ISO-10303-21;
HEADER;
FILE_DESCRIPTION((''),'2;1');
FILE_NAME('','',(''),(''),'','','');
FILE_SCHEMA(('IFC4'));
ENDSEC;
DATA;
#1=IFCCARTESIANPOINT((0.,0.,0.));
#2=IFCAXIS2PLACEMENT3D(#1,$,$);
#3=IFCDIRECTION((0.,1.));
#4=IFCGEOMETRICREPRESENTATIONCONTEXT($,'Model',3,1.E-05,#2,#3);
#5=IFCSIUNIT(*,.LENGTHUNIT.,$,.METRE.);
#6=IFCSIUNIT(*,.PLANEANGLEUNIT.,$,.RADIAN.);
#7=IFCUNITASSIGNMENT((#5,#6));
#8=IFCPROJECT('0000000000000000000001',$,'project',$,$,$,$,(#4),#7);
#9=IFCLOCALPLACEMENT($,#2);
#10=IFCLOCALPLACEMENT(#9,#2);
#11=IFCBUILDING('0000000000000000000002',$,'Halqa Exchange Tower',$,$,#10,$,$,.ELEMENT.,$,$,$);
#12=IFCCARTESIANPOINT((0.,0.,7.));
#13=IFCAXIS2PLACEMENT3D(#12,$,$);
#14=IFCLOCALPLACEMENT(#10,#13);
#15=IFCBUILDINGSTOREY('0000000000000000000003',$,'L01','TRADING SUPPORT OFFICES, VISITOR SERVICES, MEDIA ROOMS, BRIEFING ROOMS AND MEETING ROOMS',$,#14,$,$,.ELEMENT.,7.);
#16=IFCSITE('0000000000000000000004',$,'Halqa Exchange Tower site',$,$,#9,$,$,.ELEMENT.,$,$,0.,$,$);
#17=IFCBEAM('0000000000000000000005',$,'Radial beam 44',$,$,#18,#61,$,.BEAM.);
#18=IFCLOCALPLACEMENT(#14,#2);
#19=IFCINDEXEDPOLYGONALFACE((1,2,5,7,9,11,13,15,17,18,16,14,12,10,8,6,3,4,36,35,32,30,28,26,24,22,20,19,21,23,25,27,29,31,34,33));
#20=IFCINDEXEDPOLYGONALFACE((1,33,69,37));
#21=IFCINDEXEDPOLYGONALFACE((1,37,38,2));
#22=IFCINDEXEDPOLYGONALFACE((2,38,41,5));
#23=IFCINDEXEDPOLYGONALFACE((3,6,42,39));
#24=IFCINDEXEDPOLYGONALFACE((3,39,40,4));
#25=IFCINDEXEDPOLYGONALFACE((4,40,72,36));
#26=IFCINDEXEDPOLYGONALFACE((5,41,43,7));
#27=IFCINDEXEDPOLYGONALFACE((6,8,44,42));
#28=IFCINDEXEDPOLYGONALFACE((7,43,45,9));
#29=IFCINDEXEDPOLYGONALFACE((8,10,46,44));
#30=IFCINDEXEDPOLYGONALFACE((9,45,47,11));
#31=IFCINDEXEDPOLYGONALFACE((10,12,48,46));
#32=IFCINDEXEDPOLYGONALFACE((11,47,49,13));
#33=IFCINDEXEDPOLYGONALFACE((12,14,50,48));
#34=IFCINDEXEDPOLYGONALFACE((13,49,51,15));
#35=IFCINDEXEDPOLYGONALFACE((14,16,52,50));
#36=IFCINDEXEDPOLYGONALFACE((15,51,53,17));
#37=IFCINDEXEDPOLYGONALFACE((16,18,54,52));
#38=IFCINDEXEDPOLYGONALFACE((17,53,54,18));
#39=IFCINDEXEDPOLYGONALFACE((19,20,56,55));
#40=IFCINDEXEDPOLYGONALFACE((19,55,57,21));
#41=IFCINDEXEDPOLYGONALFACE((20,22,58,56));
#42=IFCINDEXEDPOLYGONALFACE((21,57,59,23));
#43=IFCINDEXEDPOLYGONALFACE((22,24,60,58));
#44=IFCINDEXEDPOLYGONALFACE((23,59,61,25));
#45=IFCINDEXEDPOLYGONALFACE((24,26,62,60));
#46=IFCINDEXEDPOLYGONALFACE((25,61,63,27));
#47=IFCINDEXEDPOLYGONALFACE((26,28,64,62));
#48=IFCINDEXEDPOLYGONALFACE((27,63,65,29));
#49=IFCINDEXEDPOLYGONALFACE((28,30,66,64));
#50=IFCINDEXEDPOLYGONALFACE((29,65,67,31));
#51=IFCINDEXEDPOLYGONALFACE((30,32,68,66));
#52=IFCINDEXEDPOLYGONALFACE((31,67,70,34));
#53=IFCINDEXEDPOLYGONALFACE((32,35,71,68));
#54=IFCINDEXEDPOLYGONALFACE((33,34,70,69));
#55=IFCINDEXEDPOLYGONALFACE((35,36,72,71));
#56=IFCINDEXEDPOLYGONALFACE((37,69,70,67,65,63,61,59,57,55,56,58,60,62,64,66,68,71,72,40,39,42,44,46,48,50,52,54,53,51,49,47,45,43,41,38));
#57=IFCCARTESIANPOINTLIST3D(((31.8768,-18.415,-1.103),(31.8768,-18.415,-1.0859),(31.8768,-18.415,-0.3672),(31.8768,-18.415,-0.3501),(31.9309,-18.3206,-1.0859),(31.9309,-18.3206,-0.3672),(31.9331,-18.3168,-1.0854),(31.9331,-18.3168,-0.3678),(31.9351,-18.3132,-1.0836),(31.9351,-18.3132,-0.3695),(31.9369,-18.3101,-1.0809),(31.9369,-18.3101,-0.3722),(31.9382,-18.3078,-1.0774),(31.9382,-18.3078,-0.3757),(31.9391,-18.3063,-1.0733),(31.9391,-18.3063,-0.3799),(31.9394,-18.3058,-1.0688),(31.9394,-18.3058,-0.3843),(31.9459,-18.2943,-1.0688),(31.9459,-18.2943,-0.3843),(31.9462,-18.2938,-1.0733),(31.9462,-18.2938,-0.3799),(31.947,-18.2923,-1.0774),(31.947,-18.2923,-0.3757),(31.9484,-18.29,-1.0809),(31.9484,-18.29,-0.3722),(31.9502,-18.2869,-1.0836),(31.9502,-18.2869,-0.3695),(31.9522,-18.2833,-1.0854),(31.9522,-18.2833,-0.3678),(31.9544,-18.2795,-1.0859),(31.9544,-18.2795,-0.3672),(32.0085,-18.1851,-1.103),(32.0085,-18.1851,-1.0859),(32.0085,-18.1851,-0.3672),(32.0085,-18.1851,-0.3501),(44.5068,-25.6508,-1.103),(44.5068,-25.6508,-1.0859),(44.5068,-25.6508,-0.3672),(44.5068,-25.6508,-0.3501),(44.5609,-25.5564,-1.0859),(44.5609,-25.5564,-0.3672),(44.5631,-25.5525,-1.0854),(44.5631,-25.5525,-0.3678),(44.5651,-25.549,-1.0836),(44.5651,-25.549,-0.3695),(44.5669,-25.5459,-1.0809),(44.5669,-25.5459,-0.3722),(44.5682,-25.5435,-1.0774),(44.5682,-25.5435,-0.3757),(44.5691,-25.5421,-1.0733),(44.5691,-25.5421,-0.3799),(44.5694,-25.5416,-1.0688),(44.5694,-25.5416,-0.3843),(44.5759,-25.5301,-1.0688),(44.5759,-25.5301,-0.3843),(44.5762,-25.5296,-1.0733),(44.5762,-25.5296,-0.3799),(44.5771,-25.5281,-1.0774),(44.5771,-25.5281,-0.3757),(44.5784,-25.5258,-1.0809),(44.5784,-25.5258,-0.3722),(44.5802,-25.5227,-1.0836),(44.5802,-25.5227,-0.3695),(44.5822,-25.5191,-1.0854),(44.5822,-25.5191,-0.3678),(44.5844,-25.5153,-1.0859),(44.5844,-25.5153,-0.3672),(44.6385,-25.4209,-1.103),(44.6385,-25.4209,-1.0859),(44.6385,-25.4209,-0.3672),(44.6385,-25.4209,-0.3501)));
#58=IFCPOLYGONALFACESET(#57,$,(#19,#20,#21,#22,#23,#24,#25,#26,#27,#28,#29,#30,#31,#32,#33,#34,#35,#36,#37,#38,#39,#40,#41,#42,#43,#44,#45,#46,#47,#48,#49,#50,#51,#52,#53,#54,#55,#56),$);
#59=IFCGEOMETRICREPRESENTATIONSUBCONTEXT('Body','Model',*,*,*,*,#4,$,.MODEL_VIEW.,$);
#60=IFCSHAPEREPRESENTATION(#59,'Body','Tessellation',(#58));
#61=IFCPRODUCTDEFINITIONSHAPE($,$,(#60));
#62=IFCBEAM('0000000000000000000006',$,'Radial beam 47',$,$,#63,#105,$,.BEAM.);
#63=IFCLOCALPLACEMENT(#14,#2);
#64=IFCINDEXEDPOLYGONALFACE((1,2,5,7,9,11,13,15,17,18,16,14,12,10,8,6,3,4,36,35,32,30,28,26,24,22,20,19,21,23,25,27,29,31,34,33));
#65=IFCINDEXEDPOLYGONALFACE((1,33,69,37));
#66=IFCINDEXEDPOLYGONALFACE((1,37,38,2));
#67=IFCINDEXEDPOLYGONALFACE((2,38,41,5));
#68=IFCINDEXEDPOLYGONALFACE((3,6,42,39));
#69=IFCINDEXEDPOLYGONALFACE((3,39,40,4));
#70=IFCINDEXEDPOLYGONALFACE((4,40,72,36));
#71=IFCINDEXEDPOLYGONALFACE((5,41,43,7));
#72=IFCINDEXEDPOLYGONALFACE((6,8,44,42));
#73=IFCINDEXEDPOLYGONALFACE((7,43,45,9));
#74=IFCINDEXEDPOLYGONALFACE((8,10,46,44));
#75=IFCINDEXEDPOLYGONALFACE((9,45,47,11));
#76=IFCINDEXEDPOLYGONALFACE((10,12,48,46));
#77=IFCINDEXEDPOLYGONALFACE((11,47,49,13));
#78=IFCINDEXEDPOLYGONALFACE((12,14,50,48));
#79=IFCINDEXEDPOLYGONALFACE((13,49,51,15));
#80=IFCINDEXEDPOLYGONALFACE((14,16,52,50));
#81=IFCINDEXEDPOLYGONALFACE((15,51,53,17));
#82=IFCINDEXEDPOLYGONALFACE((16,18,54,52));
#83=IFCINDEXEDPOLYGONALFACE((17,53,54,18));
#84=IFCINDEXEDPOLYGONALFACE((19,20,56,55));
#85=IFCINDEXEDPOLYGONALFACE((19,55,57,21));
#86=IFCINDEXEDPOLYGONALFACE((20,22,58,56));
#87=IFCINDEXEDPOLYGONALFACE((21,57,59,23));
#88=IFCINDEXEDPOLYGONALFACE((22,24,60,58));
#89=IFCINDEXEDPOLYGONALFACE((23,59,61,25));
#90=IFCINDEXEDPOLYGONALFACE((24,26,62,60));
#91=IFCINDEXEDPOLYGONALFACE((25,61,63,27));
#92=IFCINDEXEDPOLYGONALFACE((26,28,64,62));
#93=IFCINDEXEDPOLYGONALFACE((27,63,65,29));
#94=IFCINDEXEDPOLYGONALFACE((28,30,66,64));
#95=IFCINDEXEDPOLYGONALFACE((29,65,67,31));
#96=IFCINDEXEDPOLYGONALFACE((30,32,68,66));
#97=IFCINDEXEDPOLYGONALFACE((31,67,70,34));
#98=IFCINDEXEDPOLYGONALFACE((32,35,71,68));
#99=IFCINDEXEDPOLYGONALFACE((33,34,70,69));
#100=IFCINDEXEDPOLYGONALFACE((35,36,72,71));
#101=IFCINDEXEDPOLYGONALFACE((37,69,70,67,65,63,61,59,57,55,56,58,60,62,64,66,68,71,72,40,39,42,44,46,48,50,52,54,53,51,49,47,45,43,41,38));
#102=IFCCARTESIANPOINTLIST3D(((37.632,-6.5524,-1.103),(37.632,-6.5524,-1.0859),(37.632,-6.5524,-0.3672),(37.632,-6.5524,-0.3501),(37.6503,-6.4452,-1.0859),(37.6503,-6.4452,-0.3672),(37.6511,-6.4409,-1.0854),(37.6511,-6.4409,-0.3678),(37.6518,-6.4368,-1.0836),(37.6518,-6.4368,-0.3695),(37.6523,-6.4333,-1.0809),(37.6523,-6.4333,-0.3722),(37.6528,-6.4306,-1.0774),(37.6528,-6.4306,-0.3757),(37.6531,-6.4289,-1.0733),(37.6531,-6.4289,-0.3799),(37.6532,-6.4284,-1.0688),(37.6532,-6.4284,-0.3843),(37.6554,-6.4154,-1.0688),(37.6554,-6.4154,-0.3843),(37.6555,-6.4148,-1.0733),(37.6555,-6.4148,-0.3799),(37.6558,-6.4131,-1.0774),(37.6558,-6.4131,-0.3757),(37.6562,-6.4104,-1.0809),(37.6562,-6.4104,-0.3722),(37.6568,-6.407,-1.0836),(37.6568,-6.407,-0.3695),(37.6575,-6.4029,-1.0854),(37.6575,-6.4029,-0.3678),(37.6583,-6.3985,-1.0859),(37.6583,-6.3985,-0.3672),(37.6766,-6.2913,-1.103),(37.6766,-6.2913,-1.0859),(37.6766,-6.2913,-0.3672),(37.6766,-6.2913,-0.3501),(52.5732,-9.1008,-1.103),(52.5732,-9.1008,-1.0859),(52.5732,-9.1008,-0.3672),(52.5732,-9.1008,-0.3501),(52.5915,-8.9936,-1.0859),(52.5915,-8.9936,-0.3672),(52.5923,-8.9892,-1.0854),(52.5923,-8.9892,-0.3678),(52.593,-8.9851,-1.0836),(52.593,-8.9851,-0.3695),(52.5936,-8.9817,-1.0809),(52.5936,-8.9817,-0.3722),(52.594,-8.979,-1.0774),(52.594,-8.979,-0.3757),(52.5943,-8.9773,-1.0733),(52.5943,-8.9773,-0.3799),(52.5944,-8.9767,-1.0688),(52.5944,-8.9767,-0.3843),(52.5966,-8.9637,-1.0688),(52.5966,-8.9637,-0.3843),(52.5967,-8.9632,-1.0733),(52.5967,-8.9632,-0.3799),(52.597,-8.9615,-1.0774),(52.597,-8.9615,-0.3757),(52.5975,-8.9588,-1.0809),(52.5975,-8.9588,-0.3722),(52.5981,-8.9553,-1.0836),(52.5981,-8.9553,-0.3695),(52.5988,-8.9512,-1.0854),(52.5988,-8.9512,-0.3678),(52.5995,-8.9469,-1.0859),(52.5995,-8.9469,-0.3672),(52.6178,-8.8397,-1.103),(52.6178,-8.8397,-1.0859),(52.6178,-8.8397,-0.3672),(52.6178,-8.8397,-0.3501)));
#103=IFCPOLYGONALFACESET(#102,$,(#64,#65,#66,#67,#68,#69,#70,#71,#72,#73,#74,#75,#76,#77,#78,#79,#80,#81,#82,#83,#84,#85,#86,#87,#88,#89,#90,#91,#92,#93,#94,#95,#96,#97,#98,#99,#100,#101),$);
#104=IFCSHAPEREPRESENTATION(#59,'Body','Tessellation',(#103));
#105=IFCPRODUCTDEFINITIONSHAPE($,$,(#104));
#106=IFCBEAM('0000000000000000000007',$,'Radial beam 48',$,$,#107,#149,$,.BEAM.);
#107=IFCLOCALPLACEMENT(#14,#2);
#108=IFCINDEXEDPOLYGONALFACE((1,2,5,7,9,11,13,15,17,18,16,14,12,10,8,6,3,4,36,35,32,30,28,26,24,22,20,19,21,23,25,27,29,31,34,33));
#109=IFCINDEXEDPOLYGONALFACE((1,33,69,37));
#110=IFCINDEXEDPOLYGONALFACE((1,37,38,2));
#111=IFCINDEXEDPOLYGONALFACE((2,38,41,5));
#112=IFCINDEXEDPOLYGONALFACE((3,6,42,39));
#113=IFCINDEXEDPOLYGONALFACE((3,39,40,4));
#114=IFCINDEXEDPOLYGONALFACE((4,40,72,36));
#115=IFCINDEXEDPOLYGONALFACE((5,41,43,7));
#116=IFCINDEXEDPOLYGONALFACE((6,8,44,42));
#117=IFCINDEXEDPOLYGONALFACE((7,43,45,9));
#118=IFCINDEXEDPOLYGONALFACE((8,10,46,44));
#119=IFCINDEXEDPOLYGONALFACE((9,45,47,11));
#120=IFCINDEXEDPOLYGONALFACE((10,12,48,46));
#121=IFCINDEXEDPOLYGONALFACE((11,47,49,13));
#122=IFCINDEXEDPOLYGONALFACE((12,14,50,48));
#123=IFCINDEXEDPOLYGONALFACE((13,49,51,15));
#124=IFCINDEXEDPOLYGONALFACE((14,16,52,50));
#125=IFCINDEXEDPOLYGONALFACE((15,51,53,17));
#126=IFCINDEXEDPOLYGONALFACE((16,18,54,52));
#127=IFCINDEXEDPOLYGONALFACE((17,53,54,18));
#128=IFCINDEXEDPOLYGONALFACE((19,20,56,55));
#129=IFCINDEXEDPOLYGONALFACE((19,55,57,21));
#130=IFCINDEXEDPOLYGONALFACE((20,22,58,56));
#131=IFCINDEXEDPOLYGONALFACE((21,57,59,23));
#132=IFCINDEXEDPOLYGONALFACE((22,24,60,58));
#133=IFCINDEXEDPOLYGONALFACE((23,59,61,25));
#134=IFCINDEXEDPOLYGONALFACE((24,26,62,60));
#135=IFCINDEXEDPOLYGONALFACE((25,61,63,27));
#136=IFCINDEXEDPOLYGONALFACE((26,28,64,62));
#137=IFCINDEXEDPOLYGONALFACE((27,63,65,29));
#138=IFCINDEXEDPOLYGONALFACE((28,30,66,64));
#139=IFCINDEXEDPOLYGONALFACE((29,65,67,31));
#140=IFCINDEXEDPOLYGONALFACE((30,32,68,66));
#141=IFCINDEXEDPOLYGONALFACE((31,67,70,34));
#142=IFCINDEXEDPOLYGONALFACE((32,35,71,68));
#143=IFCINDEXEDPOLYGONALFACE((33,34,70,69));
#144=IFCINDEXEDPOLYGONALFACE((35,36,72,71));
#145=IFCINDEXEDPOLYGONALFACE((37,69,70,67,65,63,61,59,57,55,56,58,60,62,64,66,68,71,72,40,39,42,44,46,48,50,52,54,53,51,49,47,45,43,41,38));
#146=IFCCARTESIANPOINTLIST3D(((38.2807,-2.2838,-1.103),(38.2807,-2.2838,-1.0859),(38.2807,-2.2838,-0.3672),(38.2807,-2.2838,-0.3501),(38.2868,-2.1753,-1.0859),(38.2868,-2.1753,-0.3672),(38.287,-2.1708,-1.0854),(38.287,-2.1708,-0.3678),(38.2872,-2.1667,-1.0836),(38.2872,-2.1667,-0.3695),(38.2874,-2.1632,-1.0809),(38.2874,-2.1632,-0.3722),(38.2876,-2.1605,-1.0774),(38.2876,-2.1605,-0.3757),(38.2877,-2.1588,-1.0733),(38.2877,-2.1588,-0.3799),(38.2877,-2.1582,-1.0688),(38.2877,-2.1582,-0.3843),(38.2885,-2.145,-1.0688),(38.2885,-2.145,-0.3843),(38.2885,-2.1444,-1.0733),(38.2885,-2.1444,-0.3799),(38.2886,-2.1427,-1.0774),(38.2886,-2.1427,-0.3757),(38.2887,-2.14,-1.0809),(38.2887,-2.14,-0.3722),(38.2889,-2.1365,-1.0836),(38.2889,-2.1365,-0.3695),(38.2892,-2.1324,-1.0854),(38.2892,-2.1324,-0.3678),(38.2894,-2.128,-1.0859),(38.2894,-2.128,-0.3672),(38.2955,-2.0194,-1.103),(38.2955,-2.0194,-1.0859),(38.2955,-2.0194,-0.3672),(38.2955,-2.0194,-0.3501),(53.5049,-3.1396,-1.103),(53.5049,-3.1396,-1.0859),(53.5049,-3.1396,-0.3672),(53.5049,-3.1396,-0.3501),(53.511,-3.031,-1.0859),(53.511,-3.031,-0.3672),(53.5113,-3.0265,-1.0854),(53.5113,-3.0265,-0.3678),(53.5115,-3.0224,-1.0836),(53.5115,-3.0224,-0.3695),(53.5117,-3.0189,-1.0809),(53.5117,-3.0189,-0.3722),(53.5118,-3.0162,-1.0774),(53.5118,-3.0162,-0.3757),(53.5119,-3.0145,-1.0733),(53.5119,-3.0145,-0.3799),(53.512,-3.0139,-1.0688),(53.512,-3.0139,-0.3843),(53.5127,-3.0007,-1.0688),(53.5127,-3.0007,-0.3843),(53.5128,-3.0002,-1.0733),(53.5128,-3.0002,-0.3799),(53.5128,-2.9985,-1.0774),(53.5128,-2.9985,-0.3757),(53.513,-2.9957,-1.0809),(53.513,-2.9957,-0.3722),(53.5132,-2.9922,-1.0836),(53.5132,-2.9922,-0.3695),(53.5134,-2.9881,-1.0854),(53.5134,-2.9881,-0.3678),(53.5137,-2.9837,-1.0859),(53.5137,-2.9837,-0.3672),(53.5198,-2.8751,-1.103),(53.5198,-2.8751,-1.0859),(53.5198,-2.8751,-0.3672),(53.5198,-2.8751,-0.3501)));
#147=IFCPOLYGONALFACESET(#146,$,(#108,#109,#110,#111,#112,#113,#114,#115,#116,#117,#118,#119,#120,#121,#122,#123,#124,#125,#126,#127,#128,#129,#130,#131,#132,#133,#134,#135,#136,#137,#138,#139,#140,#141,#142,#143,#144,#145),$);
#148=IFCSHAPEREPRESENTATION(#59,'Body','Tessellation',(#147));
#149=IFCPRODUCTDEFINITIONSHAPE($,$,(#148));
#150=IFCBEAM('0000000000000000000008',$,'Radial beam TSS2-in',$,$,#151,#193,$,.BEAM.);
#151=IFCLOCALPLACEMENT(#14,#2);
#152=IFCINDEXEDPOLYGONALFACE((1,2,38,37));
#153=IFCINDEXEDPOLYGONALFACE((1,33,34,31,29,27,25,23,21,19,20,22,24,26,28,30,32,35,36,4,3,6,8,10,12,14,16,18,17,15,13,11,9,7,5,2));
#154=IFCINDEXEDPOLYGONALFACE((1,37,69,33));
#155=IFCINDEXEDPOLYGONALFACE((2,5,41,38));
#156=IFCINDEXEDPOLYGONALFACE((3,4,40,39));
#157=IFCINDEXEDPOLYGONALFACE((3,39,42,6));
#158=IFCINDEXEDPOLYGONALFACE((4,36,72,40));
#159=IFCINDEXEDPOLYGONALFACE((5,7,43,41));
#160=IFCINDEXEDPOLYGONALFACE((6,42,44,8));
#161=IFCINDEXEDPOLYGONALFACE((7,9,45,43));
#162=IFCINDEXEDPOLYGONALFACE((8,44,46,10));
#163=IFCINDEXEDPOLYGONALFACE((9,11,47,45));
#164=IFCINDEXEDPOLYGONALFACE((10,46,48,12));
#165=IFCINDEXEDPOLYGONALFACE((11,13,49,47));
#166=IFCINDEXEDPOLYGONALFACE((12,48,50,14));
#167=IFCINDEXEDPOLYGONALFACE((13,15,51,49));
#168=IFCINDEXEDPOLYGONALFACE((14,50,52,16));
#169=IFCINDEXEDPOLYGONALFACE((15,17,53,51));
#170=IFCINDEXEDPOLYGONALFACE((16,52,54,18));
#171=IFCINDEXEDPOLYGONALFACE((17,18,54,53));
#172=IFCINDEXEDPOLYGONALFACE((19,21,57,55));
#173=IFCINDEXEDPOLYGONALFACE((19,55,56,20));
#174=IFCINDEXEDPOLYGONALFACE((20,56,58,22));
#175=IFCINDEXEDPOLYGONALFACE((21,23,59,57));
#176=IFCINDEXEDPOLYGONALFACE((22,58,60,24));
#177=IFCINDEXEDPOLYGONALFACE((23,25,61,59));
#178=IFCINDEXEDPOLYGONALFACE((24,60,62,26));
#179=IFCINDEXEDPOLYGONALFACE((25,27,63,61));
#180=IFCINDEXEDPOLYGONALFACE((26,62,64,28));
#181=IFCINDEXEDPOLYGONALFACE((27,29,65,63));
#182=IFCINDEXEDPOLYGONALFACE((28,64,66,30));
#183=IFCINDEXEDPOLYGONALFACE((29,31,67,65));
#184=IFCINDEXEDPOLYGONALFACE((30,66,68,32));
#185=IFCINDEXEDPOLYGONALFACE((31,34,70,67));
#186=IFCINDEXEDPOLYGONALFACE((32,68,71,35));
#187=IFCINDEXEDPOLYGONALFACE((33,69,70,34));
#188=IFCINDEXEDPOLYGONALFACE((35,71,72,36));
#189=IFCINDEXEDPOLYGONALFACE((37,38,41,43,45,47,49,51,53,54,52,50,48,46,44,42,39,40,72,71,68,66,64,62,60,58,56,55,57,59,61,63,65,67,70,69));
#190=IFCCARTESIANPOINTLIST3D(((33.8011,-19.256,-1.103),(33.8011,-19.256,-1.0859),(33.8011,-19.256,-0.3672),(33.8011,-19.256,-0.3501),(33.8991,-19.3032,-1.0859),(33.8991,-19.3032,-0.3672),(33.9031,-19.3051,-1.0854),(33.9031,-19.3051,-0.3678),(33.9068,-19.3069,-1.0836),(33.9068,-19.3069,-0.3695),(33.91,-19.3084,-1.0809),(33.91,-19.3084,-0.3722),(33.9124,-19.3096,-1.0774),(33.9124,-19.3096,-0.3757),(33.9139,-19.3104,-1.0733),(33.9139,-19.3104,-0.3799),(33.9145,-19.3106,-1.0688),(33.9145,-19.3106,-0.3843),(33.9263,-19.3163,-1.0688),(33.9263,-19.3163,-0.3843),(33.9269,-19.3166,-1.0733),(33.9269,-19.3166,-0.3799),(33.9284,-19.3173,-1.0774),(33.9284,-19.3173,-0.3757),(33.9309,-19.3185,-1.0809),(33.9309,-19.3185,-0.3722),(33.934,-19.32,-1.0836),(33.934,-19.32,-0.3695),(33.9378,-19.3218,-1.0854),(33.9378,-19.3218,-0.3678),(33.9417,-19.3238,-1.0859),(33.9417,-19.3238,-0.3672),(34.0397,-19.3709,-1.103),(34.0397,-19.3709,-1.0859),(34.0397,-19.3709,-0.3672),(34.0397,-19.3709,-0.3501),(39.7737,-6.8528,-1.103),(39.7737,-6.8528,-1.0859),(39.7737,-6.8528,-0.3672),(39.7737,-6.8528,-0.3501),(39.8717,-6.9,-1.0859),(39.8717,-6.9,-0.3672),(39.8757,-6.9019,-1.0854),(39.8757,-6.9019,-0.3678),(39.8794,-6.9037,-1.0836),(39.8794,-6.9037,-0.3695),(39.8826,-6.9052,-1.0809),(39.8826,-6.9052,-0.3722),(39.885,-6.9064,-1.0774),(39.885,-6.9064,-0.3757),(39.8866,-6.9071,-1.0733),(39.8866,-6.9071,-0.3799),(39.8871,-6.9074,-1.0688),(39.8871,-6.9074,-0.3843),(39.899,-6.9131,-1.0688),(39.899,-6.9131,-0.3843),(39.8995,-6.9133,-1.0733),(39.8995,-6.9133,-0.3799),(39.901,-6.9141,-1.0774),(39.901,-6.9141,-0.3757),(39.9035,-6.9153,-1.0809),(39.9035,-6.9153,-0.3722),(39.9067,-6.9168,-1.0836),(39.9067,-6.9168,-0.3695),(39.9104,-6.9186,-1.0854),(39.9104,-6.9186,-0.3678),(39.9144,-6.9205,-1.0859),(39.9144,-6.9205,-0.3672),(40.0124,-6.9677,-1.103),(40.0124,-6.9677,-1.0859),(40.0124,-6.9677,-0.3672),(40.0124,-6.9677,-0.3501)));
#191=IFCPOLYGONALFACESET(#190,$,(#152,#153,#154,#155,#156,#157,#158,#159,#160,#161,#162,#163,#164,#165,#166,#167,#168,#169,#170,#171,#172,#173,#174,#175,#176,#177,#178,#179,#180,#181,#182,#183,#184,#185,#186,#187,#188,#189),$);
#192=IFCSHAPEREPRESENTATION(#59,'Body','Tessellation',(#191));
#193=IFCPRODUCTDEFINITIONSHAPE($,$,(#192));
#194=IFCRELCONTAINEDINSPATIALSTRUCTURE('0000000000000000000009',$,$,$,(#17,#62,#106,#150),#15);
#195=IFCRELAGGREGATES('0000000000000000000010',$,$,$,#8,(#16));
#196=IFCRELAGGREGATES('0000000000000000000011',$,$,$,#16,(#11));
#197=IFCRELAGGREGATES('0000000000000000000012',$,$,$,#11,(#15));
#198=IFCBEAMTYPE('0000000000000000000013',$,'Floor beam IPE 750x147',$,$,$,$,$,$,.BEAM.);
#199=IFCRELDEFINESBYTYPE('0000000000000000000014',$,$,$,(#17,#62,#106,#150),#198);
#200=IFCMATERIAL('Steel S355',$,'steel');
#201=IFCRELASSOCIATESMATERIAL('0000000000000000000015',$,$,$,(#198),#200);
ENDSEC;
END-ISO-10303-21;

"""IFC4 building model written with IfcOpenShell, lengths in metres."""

from ifc_helpers import new_model, si_unit, direction, frame, origin, origin_2d, place, context, subcontext, project, spatial, i_section, extrude, material, material_profile, profile_set, type_object, element, save


model = new_model("IFC4")

# Units and contexts
model_context = context("Model", 3, precision=1e-05, world=origin(), true_north=direction((0.0, 1.0)))
body_context = subcontext(model_context, "Body", "Model", "MODEL_VIEW")
ifc_project = project(units=[si_unit("LENGTHUNIT", "METRE"), si_unit("PLANEANGLEUNIT", "RADIAN")], contexts=[model_context])

# Site, building, storey
site_placement = place(None, origin())
site = spatial("IfcSite", under=ifc_project, at=site_placement, Name="Halqa Exchange Tower site", CompositionType="ELEMENT", RefElevation=0.0)
building_placement = place(site_placement, origin())
building = spatial("IfcBuilding", under=site, at=building_placement, Name="Halqa Exchange Tower", CompositionType="ELEMENT")
storey_placement = place(building_placement, frame((0.0, 0.0, 7.0)))
storey = spatial("IfcBuildingStorey", under=building, at=storey_placement, Name="L01", Description="TRADING SUPPORT OFFICES, VISITOR SERVICES, MEDIA ROOMS, BRIEFING ROOMS AND MEETING ROOMS", CompositionType="ELEMENT", Elevation=7.0)

# Beams
ifc_material_1 = material(Name="Steel S355", Category="steel")
ifc_material_profile_1 = material_profile(ifc_material_1, i_section(OverallWidth=0.2649, OverallDepth=0.7529, WebThickness=0.0132, FlangeThickness=0.0171, FilletRadius=0.0171, at=origin_2d()), Name="IPE 750x147")
ifc_profile_set_1 = profile_set([ifc_material_profile_1], Name="Steel S355")
beam_type_1 = type_object("IfcBeamType", Name="Floor beam IPE 750x147", PredefinedType="BEAM", material=ifc_profile_set_1)
beam_1_placement = place(storey_placement, frame((31.9426, -18.3, -0.7266), z_axis=(0.867691, -0.497103, 0.0), x_axis=(0.497103, 0.867691, 0.0)))
element("IfcBeam", 1, at=beam_1_placement, inside=storey, type_object=beam_type_1, Name="Radial beam 44", PredefinedType="BEAM", context=body_context, shape_type="SweptSolid", body=[
    extrude(i_section(OverallWidth=0.2649, OverallDepth=0.7529, WebThickness=0.0132, FlangeThickness=0.0171, FilletRadius=0.0171, at=origin_2d()), origin(), (0.0, 0.0, 1.0), 14.5559),
])
beam_2_placement = place(storey_placement, frame((37.6543, -6.4219, -0.7266), z_axis=(0.985765, -0.16813, 0.0), x_axis=(0.16813, 0.985765, 0.0)))
element("IfcBeam", 2, at=beam_2_placement, inside=storey, type_object=beam_type_1, Name="Radial beam 47", PredefinedType="BEAM", context=body_context, shape_type="SweptSolid", body=[
    extrude(i_section(OverallWidth=0.2649, OverallDepth=0.7529, WebThickness=0.0132, FlangeThickness=0.0171, FilletRadius=0.0171, at=origin_2d()), origin(), (0.0, 0.0, 1.0), 15.157),
])
beam_3_placement = place(storey_placement, frame((38.2881, -2.1516, -0.7266), z_axis=(0.998424, -0.056118, 0.0), x_axis=(0.056118, 0.998424, 0.0)))
element("IfcBeam", 3, at=beam_3_placement, inside=storey, type_object=beam_type_1, Name="Radial beam 48", PredefinedType="BEAM", context=body_context, shape_type="SweptSolid", body=[
    extrude(i_section(OverallWidth=0.2649, OverallDepth=0.7529, WebThickness=0.0132, FlangeThickness=0.0171, FilletRadius=0.0171, at=origin_2d()), origin(), (0.0, 0.0, 1.0), 15.2483),
])
beam_4_placement = place(storey_placement, frame((33.9204, -19.3135, -0.7266), z_axis=(0.433856, 0.900982, 0.0), x_axis=(-0.900982, 0.433856, 0.0)))
element("IfcBeam", 4, at=beam_4_placement, inside=storey, type_object=beam_type_1, Name="Radial beam TSS2-in", PredefinedType="BEAM", context=body_context, shape_type="SweptSolid", body=[
    extrude(i_section(OverallWidth=0.2649, OverallDepth=0.7529, WebThickness=0.0132, FlangeThickness=0.0171, FilletRadius=0.0171, at=origin_2d()), origin(), (0.0, 0.0, 1.0), 13.7664),
])

save(model, "model.ifc")
